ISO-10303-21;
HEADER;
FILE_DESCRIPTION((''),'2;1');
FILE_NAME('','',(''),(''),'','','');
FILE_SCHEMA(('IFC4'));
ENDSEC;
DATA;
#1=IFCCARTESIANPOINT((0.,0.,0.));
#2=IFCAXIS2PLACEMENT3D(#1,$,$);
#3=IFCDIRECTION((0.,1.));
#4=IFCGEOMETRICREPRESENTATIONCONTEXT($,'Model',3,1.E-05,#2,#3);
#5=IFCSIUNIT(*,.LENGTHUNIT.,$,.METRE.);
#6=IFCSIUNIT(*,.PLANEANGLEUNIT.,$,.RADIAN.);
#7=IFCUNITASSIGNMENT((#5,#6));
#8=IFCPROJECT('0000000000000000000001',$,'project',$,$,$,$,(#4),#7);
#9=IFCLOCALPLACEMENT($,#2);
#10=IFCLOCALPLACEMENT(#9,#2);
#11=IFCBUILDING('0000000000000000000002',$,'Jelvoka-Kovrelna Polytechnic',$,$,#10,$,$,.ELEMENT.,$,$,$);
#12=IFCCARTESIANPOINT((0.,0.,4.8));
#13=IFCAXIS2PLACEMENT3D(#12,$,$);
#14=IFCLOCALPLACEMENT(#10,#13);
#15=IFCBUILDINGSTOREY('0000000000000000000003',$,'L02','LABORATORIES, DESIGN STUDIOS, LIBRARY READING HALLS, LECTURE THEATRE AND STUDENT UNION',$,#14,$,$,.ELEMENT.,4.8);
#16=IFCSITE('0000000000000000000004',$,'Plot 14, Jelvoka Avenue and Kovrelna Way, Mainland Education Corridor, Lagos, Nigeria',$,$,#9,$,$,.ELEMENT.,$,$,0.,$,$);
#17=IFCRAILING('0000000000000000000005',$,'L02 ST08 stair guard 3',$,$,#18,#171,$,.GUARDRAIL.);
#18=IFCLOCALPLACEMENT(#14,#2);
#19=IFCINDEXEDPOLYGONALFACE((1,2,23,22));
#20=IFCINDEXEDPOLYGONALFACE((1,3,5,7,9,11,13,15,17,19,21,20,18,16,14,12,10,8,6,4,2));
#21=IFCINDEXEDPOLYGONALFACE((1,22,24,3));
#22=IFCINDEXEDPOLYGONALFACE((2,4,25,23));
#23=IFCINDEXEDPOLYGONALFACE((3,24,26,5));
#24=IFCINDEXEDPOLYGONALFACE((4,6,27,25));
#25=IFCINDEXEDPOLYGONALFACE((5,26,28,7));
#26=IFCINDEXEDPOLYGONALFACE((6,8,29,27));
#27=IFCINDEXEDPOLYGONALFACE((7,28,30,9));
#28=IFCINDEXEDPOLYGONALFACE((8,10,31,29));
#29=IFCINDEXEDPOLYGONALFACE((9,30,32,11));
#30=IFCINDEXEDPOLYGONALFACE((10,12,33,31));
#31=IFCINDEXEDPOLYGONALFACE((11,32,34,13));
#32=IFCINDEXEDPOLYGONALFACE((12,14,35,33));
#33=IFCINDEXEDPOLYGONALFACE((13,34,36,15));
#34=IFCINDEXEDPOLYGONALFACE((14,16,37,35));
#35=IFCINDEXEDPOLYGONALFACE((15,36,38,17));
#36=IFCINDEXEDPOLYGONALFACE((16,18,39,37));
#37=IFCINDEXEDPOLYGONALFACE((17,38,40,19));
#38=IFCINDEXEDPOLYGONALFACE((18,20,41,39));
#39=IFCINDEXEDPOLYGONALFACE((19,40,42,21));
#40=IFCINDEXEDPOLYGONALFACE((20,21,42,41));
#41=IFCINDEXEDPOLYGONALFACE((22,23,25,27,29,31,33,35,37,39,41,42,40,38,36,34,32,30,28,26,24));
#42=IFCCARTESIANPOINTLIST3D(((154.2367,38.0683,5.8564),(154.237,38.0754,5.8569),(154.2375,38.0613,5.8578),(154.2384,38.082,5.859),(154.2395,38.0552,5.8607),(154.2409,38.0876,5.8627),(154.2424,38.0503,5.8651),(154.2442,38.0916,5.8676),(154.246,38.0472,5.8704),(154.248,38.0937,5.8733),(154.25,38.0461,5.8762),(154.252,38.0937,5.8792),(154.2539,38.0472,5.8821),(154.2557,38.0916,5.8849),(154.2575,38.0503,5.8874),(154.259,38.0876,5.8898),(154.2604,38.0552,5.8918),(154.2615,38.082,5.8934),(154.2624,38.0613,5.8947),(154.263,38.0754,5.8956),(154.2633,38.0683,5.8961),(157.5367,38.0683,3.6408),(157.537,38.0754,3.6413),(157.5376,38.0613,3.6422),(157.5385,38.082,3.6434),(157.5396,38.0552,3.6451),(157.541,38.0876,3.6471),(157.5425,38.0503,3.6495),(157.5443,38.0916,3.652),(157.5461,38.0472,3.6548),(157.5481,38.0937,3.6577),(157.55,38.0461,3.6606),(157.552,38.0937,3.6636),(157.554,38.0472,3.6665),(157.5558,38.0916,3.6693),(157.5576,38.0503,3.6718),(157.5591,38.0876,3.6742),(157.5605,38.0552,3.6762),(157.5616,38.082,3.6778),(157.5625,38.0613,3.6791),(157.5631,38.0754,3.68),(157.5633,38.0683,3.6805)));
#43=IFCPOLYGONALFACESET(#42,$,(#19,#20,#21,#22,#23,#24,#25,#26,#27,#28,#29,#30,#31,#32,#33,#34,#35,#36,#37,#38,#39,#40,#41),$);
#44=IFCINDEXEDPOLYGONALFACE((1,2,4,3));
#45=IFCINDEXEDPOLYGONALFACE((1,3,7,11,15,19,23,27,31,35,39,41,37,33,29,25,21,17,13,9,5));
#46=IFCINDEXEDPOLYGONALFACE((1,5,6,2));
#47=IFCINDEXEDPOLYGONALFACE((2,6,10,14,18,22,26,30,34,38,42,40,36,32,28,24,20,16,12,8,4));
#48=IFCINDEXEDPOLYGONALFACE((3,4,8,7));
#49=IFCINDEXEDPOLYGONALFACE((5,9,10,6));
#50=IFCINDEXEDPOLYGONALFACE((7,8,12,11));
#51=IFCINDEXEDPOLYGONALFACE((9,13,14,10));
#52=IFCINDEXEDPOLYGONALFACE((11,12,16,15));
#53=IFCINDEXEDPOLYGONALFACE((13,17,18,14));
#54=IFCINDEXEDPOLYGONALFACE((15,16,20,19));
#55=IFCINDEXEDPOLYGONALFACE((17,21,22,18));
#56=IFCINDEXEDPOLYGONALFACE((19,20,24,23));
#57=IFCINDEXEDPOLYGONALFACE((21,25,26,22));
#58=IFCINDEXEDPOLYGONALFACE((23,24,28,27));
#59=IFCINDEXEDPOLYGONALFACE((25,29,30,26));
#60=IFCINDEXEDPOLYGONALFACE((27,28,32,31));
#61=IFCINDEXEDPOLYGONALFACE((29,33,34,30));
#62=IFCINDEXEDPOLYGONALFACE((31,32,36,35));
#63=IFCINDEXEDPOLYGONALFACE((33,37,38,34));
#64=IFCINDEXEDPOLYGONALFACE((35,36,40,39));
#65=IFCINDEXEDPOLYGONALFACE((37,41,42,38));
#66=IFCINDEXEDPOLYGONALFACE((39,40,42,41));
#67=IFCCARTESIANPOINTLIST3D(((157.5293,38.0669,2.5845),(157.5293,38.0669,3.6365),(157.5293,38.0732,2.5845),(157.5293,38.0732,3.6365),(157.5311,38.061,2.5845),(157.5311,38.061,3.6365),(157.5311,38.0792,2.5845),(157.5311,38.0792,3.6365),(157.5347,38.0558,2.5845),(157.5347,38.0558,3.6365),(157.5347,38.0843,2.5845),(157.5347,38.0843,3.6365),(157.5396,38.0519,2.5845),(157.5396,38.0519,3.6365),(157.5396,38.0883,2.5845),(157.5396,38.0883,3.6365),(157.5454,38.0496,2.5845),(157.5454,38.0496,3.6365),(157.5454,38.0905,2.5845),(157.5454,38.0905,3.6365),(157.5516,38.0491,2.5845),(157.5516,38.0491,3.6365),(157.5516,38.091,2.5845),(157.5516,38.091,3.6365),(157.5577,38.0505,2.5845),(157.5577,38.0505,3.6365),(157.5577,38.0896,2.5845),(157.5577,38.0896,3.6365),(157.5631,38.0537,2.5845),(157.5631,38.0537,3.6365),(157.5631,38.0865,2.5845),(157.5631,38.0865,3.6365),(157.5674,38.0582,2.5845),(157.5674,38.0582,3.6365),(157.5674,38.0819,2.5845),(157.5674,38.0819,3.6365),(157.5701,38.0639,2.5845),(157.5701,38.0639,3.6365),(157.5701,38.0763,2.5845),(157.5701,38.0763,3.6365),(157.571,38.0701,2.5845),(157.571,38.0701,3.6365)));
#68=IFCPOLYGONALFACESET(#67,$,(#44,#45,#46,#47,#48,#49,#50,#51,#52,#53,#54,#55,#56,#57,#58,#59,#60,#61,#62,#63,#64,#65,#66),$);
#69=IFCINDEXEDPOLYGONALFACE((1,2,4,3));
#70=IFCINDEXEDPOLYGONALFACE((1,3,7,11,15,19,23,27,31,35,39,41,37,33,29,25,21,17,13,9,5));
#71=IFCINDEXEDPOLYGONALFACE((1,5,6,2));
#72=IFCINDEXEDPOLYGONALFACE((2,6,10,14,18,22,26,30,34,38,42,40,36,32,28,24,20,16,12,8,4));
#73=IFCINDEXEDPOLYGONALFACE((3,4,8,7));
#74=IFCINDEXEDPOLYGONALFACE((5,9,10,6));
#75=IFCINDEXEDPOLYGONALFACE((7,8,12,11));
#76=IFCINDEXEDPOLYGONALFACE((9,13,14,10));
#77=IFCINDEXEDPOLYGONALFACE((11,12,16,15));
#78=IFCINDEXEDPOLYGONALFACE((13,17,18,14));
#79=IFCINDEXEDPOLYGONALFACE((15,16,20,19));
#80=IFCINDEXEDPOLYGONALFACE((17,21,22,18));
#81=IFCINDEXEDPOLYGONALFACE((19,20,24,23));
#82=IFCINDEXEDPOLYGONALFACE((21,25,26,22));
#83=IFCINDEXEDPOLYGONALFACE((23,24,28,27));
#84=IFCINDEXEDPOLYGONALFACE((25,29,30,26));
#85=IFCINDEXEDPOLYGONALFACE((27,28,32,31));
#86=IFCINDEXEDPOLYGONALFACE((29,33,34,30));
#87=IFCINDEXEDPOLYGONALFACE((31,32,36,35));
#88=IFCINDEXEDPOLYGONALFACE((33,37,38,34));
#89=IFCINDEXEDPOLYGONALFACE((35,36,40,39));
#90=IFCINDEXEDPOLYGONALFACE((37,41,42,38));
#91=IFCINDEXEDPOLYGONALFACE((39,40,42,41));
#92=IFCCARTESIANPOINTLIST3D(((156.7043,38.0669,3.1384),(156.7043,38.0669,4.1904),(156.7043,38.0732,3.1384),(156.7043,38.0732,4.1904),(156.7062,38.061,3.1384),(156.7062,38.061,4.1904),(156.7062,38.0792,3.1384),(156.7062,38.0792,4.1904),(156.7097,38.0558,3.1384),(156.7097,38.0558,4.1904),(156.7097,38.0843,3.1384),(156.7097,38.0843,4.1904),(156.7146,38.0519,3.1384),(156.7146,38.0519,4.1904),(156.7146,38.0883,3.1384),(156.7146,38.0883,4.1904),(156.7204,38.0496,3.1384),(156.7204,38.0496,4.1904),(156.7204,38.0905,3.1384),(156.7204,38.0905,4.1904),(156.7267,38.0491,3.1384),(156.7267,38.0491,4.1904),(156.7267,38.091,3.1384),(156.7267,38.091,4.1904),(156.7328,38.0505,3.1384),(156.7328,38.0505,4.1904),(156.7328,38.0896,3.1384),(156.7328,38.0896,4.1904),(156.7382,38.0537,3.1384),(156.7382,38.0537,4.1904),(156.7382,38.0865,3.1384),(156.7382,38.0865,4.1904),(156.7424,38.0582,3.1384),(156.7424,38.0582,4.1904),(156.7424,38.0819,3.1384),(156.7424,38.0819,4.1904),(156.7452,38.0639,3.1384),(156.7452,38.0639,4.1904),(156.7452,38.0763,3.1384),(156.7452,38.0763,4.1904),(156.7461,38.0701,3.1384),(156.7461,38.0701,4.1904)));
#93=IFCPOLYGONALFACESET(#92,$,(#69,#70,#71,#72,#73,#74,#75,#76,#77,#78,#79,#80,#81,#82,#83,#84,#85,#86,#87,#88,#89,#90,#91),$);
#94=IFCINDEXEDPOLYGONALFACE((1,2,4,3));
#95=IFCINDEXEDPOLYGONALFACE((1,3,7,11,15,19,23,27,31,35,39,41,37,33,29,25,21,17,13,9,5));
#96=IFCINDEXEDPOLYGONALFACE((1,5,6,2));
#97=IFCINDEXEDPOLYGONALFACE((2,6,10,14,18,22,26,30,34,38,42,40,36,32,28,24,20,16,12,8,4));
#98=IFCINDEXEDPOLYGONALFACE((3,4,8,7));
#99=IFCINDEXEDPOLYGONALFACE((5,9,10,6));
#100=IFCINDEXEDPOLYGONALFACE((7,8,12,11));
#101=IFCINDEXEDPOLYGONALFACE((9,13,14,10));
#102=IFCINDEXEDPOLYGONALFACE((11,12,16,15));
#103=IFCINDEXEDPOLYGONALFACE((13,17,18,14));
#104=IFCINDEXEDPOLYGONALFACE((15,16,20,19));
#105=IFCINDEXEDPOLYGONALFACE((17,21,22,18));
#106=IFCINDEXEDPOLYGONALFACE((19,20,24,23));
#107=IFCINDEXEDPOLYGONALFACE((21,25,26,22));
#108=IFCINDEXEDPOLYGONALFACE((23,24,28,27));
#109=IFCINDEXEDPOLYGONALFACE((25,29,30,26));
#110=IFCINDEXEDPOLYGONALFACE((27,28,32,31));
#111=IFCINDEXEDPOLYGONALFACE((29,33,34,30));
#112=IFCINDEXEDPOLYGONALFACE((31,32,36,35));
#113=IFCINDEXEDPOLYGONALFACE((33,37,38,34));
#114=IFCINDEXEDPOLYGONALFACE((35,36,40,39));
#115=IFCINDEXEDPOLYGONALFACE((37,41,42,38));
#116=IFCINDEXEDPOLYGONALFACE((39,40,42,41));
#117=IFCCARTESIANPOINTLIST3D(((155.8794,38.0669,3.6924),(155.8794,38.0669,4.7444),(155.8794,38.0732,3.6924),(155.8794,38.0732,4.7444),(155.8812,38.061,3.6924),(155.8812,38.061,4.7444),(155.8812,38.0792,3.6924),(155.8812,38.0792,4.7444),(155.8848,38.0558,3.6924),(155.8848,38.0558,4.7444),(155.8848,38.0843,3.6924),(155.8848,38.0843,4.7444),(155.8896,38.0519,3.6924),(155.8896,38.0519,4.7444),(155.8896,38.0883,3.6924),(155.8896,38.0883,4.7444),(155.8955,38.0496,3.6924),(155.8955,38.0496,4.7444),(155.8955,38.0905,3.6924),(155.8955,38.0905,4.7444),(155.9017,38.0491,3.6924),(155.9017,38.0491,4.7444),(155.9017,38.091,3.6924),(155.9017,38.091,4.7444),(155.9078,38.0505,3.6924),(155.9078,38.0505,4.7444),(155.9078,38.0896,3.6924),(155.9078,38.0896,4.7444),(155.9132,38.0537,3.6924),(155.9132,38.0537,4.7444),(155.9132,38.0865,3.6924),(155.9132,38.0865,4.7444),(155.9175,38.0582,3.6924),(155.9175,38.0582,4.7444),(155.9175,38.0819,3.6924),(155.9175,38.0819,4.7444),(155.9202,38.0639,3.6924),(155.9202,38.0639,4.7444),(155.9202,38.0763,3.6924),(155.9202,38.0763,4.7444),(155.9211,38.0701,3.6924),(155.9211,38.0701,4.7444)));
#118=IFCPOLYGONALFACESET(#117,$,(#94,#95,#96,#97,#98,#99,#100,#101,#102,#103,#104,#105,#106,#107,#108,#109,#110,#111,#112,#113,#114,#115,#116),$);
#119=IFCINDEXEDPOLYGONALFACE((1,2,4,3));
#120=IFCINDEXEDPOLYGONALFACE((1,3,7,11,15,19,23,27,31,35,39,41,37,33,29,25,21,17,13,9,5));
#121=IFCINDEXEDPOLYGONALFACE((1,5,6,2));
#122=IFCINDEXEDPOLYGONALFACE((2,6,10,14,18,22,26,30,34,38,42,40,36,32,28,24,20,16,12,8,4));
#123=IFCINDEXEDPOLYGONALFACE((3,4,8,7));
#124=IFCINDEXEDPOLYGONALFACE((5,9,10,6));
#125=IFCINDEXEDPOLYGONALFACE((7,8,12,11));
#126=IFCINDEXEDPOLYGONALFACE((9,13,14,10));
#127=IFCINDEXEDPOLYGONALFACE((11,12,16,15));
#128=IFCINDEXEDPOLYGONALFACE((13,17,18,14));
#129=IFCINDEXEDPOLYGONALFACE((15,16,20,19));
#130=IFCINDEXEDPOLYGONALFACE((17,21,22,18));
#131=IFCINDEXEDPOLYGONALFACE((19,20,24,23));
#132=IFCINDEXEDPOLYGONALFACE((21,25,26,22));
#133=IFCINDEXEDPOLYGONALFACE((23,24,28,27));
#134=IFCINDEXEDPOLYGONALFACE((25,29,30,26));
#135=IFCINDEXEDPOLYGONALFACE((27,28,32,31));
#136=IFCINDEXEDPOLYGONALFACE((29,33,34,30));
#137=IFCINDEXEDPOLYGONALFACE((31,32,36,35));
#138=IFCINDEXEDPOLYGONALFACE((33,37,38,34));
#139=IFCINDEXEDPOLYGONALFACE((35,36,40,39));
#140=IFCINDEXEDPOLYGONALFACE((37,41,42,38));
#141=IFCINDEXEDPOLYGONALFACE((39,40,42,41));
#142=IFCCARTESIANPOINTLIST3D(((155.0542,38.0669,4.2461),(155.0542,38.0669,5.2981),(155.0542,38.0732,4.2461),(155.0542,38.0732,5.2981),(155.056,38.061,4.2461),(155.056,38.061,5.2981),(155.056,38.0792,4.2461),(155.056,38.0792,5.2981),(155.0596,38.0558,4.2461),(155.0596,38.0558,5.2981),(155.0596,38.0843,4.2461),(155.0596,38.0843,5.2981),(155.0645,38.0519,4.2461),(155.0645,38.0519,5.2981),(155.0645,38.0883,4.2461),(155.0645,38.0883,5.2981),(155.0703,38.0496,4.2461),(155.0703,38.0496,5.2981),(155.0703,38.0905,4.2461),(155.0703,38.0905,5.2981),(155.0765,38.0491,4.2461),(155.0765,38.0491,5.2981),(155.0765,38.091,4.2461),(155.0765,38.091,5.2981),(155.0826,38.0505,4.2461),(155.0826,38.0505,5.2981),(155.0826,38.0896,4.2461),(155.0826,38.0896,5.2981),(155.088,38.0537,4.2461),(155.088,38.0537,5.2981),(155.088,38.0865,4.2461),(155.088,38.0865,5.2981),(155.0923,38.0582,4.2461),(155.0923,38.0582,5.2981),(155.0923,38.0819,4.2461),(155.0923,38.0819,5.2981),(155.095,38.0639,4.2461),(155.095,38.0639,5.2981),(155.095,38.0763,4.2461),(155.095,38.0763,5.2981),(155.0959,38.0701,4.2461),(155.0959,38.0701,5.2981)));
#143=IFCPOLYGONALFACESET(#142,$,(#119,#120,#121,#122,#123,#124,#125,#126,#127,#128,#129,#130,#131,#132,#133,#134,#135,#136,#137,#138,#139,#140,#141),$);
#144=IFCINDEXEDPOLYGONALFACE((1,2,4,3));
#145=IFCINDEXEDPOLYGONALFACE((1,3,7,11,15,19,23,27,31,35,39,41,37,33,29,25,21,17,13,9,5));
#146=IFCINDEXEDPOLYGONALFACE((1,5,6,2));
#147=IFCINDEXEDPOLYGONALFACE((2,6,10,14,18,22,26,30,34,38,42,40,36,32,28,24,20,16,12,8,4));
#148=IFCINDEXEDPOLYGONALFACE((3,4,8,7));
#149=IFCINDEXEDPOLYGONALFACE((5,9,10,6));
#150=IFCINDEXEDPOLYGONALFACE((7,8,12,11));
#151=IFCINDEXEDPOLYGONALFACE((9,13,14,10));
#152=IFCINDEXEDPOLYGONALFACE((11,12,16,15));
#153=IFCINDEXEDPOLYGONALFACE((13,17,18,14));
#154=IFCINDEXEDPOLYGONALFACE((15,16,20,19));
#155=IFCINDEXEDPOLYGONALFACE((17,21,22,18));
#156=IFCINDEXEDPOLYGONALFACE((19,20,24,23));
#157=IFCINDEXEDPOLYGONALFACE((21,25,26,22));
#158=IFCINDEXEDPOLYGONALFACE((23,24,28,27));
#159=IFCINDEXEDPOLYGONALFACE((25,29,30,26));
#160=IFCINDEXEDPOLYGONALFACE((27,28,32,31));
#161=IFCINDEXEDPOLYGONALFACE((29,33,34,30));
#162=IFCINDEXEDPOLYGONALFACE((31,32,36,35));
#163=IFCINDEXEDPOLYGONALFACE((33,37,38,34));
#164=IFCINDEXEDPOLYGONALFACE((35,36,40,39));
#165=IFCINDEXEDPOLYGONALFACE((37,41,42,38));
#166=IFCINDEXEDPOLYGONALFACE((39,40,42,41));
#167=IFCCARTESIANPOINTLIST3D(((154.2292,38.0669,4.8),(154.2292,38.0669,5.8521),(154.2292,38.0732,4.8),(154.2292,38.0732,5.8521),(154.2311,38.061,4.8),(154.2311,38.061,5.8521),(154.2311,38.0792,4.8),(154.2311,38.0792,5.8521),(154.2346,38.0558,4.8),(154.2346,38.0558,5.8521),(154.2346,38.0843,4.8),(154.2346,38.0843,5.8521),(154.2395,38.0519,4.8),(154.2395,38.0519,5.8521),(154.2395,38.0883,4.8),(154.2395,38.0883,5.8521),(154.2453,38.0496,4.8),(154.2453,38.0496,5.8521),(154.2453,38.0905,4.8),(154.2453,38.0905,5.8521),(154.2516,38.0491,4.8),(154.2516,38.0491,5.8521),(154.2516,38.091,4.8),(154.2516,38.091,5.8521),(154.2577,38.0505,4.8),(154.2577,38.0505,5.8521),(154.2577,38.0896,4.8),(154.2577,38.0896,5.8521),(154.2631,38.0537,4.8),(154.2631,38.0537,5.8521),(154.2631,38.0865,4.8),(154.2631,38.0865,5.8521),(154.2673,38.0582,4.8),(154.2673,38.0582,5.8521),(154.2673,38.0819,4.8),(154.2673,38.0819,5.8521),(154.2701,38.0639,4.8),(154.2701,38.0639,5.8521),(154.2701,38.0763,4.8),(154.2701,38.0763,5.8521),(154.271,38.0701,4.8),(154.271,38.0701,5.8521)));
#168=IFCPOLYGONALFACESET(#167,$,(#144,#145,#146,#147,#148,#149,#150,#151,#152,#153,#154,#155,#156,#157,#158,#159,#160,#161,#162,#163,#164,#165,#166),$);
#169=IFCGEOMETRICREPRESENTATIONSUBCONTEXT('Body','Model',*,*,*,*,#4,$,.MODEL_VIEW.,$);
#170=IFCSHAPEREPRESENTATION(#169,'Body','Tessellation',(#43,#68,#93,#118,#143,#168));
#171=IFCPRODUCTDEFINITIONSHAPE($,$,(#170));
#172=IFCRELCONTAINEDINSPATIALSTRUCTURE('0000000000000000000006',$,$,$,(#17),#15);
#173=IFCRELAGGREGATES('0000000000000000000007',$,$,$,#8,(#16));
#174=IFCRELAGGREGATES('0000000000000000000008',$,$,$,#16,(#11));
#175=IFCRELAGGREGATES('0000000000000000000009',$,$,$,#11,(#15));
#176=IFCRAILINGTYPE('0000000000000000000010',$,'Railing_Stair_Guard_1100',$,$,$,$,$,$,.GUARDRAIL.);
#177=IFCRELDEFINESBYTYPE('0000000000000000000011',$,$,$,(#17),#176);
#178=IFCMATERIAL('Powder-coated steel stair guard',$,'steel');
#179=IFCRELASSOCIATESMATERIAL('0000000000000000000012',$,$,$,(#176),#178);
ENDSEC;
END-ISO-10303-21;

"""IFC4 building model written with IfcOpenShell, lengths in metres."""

from ifc_helpers import new_model, si_unit, direction, frame, origin, origin_2d, place, context, subcontext, project, spatial, circle, extrude, material, type_object, element, save


model = new_model("IFC4")

# Units and contexts
model_context = context("Model", 3, precision=1e-05, world=origin(), true_north=direction((0.0, 1.0)))
body_context = subcontext(model_context, "Body", "Model", "MODEL_VIEW")
ifc_project = project(units=[si_unit("LENGTHUNIT", "METRE"), si_unit("PLANEANGLEUNIT", "RADIAN")], contexts=[model_context])

# Site, building, storey
site_placement = place(None, origin())
site = spatial("IfcSite", under=ifc_project, at=site_placement, Name="Plot 14, Jelvoka Avenue and Kovrelna Way, Mainland Education Corridor, Lagos, Nigeria", CompositionType="ELEMENT", RefElevation=0.0)
building_placement = place(site_placement, origin())
building = spatial("IfcBuilding", under=site, at=building_placement, Name="Jelvoka-Kovrelna Polytechnic", CompositionType="ELEMENT")
storey_placement = place(building_placement, frame((0.0, 0.0, 4.8)))
storey = spatial("IfcBuildingStorey", under=building, at=storey_placement, Name="L02", Description="LABORATORIES, DESIGN STUDIOS, LIBRARY READING HALLS, LECTURE THEATRE AND STUDENT UNION", CompositionType="ELEMENT", Elevation=4.8)

# Railing
ifc_material_1 = material(Name="Powder-coated steel stair guard", Category="steel")
railing_type_1 = type_object("IfcRailingType", Name="Railing_Stair_Guard_1100", PredefinedType="GUARDRAIL", material=ifc_material_1)
railing_1_placement = place(storey_placement, frame((157.55, 38.0701, 2.5845)))
element("IfcRailing", 1, at=railing_1_placement, inside=storey, type_object=railing_type_1, Name="L02 ST08 stair guard 3", PredefinedType="GUARDRAIL", context=body_context, shape_type="SweptSolid", body=[
    extrude(circle(Radius=0.0239, at=origin_2d()), frame((0.0, 0.0, 1.0762), z_axis=(-0.830241, 0.0, 0.557405), x_axis=(0.0, -1.0, 0.0)), (0.0, 0.0, 1.0), 3.9749),
    extrude(circle(Radius=0.021, at=origin_2d()), origin(), (0.0, 0.0, 1.0), 1.052),
    extrude(circle(Radius=0.021, at=origin_2d()), frame((-0.825, 0.0, 0.554)), (0.0, 0.0, 1.0), 1.052),
    extrude(circle(Radius=0.021, at=origin_2d()), frame((-1.6499, 0.0, 1.1079)), (0.0, 0.0, 1.0), 1.052),
    extrude(circle(Radius=0.021, at=origin_2d()), frame((-2.4751, 0.0, 1.6616)), (0.0, 0.0, 1.0), 1.052),
    extrude(circle(Radius=0.021, at=origin_2d()), frame((-3.3, 0.0, 2.2156)), (0.0, 0.0, 1.0), 1.052),
])

save(model, "model.ifc")
